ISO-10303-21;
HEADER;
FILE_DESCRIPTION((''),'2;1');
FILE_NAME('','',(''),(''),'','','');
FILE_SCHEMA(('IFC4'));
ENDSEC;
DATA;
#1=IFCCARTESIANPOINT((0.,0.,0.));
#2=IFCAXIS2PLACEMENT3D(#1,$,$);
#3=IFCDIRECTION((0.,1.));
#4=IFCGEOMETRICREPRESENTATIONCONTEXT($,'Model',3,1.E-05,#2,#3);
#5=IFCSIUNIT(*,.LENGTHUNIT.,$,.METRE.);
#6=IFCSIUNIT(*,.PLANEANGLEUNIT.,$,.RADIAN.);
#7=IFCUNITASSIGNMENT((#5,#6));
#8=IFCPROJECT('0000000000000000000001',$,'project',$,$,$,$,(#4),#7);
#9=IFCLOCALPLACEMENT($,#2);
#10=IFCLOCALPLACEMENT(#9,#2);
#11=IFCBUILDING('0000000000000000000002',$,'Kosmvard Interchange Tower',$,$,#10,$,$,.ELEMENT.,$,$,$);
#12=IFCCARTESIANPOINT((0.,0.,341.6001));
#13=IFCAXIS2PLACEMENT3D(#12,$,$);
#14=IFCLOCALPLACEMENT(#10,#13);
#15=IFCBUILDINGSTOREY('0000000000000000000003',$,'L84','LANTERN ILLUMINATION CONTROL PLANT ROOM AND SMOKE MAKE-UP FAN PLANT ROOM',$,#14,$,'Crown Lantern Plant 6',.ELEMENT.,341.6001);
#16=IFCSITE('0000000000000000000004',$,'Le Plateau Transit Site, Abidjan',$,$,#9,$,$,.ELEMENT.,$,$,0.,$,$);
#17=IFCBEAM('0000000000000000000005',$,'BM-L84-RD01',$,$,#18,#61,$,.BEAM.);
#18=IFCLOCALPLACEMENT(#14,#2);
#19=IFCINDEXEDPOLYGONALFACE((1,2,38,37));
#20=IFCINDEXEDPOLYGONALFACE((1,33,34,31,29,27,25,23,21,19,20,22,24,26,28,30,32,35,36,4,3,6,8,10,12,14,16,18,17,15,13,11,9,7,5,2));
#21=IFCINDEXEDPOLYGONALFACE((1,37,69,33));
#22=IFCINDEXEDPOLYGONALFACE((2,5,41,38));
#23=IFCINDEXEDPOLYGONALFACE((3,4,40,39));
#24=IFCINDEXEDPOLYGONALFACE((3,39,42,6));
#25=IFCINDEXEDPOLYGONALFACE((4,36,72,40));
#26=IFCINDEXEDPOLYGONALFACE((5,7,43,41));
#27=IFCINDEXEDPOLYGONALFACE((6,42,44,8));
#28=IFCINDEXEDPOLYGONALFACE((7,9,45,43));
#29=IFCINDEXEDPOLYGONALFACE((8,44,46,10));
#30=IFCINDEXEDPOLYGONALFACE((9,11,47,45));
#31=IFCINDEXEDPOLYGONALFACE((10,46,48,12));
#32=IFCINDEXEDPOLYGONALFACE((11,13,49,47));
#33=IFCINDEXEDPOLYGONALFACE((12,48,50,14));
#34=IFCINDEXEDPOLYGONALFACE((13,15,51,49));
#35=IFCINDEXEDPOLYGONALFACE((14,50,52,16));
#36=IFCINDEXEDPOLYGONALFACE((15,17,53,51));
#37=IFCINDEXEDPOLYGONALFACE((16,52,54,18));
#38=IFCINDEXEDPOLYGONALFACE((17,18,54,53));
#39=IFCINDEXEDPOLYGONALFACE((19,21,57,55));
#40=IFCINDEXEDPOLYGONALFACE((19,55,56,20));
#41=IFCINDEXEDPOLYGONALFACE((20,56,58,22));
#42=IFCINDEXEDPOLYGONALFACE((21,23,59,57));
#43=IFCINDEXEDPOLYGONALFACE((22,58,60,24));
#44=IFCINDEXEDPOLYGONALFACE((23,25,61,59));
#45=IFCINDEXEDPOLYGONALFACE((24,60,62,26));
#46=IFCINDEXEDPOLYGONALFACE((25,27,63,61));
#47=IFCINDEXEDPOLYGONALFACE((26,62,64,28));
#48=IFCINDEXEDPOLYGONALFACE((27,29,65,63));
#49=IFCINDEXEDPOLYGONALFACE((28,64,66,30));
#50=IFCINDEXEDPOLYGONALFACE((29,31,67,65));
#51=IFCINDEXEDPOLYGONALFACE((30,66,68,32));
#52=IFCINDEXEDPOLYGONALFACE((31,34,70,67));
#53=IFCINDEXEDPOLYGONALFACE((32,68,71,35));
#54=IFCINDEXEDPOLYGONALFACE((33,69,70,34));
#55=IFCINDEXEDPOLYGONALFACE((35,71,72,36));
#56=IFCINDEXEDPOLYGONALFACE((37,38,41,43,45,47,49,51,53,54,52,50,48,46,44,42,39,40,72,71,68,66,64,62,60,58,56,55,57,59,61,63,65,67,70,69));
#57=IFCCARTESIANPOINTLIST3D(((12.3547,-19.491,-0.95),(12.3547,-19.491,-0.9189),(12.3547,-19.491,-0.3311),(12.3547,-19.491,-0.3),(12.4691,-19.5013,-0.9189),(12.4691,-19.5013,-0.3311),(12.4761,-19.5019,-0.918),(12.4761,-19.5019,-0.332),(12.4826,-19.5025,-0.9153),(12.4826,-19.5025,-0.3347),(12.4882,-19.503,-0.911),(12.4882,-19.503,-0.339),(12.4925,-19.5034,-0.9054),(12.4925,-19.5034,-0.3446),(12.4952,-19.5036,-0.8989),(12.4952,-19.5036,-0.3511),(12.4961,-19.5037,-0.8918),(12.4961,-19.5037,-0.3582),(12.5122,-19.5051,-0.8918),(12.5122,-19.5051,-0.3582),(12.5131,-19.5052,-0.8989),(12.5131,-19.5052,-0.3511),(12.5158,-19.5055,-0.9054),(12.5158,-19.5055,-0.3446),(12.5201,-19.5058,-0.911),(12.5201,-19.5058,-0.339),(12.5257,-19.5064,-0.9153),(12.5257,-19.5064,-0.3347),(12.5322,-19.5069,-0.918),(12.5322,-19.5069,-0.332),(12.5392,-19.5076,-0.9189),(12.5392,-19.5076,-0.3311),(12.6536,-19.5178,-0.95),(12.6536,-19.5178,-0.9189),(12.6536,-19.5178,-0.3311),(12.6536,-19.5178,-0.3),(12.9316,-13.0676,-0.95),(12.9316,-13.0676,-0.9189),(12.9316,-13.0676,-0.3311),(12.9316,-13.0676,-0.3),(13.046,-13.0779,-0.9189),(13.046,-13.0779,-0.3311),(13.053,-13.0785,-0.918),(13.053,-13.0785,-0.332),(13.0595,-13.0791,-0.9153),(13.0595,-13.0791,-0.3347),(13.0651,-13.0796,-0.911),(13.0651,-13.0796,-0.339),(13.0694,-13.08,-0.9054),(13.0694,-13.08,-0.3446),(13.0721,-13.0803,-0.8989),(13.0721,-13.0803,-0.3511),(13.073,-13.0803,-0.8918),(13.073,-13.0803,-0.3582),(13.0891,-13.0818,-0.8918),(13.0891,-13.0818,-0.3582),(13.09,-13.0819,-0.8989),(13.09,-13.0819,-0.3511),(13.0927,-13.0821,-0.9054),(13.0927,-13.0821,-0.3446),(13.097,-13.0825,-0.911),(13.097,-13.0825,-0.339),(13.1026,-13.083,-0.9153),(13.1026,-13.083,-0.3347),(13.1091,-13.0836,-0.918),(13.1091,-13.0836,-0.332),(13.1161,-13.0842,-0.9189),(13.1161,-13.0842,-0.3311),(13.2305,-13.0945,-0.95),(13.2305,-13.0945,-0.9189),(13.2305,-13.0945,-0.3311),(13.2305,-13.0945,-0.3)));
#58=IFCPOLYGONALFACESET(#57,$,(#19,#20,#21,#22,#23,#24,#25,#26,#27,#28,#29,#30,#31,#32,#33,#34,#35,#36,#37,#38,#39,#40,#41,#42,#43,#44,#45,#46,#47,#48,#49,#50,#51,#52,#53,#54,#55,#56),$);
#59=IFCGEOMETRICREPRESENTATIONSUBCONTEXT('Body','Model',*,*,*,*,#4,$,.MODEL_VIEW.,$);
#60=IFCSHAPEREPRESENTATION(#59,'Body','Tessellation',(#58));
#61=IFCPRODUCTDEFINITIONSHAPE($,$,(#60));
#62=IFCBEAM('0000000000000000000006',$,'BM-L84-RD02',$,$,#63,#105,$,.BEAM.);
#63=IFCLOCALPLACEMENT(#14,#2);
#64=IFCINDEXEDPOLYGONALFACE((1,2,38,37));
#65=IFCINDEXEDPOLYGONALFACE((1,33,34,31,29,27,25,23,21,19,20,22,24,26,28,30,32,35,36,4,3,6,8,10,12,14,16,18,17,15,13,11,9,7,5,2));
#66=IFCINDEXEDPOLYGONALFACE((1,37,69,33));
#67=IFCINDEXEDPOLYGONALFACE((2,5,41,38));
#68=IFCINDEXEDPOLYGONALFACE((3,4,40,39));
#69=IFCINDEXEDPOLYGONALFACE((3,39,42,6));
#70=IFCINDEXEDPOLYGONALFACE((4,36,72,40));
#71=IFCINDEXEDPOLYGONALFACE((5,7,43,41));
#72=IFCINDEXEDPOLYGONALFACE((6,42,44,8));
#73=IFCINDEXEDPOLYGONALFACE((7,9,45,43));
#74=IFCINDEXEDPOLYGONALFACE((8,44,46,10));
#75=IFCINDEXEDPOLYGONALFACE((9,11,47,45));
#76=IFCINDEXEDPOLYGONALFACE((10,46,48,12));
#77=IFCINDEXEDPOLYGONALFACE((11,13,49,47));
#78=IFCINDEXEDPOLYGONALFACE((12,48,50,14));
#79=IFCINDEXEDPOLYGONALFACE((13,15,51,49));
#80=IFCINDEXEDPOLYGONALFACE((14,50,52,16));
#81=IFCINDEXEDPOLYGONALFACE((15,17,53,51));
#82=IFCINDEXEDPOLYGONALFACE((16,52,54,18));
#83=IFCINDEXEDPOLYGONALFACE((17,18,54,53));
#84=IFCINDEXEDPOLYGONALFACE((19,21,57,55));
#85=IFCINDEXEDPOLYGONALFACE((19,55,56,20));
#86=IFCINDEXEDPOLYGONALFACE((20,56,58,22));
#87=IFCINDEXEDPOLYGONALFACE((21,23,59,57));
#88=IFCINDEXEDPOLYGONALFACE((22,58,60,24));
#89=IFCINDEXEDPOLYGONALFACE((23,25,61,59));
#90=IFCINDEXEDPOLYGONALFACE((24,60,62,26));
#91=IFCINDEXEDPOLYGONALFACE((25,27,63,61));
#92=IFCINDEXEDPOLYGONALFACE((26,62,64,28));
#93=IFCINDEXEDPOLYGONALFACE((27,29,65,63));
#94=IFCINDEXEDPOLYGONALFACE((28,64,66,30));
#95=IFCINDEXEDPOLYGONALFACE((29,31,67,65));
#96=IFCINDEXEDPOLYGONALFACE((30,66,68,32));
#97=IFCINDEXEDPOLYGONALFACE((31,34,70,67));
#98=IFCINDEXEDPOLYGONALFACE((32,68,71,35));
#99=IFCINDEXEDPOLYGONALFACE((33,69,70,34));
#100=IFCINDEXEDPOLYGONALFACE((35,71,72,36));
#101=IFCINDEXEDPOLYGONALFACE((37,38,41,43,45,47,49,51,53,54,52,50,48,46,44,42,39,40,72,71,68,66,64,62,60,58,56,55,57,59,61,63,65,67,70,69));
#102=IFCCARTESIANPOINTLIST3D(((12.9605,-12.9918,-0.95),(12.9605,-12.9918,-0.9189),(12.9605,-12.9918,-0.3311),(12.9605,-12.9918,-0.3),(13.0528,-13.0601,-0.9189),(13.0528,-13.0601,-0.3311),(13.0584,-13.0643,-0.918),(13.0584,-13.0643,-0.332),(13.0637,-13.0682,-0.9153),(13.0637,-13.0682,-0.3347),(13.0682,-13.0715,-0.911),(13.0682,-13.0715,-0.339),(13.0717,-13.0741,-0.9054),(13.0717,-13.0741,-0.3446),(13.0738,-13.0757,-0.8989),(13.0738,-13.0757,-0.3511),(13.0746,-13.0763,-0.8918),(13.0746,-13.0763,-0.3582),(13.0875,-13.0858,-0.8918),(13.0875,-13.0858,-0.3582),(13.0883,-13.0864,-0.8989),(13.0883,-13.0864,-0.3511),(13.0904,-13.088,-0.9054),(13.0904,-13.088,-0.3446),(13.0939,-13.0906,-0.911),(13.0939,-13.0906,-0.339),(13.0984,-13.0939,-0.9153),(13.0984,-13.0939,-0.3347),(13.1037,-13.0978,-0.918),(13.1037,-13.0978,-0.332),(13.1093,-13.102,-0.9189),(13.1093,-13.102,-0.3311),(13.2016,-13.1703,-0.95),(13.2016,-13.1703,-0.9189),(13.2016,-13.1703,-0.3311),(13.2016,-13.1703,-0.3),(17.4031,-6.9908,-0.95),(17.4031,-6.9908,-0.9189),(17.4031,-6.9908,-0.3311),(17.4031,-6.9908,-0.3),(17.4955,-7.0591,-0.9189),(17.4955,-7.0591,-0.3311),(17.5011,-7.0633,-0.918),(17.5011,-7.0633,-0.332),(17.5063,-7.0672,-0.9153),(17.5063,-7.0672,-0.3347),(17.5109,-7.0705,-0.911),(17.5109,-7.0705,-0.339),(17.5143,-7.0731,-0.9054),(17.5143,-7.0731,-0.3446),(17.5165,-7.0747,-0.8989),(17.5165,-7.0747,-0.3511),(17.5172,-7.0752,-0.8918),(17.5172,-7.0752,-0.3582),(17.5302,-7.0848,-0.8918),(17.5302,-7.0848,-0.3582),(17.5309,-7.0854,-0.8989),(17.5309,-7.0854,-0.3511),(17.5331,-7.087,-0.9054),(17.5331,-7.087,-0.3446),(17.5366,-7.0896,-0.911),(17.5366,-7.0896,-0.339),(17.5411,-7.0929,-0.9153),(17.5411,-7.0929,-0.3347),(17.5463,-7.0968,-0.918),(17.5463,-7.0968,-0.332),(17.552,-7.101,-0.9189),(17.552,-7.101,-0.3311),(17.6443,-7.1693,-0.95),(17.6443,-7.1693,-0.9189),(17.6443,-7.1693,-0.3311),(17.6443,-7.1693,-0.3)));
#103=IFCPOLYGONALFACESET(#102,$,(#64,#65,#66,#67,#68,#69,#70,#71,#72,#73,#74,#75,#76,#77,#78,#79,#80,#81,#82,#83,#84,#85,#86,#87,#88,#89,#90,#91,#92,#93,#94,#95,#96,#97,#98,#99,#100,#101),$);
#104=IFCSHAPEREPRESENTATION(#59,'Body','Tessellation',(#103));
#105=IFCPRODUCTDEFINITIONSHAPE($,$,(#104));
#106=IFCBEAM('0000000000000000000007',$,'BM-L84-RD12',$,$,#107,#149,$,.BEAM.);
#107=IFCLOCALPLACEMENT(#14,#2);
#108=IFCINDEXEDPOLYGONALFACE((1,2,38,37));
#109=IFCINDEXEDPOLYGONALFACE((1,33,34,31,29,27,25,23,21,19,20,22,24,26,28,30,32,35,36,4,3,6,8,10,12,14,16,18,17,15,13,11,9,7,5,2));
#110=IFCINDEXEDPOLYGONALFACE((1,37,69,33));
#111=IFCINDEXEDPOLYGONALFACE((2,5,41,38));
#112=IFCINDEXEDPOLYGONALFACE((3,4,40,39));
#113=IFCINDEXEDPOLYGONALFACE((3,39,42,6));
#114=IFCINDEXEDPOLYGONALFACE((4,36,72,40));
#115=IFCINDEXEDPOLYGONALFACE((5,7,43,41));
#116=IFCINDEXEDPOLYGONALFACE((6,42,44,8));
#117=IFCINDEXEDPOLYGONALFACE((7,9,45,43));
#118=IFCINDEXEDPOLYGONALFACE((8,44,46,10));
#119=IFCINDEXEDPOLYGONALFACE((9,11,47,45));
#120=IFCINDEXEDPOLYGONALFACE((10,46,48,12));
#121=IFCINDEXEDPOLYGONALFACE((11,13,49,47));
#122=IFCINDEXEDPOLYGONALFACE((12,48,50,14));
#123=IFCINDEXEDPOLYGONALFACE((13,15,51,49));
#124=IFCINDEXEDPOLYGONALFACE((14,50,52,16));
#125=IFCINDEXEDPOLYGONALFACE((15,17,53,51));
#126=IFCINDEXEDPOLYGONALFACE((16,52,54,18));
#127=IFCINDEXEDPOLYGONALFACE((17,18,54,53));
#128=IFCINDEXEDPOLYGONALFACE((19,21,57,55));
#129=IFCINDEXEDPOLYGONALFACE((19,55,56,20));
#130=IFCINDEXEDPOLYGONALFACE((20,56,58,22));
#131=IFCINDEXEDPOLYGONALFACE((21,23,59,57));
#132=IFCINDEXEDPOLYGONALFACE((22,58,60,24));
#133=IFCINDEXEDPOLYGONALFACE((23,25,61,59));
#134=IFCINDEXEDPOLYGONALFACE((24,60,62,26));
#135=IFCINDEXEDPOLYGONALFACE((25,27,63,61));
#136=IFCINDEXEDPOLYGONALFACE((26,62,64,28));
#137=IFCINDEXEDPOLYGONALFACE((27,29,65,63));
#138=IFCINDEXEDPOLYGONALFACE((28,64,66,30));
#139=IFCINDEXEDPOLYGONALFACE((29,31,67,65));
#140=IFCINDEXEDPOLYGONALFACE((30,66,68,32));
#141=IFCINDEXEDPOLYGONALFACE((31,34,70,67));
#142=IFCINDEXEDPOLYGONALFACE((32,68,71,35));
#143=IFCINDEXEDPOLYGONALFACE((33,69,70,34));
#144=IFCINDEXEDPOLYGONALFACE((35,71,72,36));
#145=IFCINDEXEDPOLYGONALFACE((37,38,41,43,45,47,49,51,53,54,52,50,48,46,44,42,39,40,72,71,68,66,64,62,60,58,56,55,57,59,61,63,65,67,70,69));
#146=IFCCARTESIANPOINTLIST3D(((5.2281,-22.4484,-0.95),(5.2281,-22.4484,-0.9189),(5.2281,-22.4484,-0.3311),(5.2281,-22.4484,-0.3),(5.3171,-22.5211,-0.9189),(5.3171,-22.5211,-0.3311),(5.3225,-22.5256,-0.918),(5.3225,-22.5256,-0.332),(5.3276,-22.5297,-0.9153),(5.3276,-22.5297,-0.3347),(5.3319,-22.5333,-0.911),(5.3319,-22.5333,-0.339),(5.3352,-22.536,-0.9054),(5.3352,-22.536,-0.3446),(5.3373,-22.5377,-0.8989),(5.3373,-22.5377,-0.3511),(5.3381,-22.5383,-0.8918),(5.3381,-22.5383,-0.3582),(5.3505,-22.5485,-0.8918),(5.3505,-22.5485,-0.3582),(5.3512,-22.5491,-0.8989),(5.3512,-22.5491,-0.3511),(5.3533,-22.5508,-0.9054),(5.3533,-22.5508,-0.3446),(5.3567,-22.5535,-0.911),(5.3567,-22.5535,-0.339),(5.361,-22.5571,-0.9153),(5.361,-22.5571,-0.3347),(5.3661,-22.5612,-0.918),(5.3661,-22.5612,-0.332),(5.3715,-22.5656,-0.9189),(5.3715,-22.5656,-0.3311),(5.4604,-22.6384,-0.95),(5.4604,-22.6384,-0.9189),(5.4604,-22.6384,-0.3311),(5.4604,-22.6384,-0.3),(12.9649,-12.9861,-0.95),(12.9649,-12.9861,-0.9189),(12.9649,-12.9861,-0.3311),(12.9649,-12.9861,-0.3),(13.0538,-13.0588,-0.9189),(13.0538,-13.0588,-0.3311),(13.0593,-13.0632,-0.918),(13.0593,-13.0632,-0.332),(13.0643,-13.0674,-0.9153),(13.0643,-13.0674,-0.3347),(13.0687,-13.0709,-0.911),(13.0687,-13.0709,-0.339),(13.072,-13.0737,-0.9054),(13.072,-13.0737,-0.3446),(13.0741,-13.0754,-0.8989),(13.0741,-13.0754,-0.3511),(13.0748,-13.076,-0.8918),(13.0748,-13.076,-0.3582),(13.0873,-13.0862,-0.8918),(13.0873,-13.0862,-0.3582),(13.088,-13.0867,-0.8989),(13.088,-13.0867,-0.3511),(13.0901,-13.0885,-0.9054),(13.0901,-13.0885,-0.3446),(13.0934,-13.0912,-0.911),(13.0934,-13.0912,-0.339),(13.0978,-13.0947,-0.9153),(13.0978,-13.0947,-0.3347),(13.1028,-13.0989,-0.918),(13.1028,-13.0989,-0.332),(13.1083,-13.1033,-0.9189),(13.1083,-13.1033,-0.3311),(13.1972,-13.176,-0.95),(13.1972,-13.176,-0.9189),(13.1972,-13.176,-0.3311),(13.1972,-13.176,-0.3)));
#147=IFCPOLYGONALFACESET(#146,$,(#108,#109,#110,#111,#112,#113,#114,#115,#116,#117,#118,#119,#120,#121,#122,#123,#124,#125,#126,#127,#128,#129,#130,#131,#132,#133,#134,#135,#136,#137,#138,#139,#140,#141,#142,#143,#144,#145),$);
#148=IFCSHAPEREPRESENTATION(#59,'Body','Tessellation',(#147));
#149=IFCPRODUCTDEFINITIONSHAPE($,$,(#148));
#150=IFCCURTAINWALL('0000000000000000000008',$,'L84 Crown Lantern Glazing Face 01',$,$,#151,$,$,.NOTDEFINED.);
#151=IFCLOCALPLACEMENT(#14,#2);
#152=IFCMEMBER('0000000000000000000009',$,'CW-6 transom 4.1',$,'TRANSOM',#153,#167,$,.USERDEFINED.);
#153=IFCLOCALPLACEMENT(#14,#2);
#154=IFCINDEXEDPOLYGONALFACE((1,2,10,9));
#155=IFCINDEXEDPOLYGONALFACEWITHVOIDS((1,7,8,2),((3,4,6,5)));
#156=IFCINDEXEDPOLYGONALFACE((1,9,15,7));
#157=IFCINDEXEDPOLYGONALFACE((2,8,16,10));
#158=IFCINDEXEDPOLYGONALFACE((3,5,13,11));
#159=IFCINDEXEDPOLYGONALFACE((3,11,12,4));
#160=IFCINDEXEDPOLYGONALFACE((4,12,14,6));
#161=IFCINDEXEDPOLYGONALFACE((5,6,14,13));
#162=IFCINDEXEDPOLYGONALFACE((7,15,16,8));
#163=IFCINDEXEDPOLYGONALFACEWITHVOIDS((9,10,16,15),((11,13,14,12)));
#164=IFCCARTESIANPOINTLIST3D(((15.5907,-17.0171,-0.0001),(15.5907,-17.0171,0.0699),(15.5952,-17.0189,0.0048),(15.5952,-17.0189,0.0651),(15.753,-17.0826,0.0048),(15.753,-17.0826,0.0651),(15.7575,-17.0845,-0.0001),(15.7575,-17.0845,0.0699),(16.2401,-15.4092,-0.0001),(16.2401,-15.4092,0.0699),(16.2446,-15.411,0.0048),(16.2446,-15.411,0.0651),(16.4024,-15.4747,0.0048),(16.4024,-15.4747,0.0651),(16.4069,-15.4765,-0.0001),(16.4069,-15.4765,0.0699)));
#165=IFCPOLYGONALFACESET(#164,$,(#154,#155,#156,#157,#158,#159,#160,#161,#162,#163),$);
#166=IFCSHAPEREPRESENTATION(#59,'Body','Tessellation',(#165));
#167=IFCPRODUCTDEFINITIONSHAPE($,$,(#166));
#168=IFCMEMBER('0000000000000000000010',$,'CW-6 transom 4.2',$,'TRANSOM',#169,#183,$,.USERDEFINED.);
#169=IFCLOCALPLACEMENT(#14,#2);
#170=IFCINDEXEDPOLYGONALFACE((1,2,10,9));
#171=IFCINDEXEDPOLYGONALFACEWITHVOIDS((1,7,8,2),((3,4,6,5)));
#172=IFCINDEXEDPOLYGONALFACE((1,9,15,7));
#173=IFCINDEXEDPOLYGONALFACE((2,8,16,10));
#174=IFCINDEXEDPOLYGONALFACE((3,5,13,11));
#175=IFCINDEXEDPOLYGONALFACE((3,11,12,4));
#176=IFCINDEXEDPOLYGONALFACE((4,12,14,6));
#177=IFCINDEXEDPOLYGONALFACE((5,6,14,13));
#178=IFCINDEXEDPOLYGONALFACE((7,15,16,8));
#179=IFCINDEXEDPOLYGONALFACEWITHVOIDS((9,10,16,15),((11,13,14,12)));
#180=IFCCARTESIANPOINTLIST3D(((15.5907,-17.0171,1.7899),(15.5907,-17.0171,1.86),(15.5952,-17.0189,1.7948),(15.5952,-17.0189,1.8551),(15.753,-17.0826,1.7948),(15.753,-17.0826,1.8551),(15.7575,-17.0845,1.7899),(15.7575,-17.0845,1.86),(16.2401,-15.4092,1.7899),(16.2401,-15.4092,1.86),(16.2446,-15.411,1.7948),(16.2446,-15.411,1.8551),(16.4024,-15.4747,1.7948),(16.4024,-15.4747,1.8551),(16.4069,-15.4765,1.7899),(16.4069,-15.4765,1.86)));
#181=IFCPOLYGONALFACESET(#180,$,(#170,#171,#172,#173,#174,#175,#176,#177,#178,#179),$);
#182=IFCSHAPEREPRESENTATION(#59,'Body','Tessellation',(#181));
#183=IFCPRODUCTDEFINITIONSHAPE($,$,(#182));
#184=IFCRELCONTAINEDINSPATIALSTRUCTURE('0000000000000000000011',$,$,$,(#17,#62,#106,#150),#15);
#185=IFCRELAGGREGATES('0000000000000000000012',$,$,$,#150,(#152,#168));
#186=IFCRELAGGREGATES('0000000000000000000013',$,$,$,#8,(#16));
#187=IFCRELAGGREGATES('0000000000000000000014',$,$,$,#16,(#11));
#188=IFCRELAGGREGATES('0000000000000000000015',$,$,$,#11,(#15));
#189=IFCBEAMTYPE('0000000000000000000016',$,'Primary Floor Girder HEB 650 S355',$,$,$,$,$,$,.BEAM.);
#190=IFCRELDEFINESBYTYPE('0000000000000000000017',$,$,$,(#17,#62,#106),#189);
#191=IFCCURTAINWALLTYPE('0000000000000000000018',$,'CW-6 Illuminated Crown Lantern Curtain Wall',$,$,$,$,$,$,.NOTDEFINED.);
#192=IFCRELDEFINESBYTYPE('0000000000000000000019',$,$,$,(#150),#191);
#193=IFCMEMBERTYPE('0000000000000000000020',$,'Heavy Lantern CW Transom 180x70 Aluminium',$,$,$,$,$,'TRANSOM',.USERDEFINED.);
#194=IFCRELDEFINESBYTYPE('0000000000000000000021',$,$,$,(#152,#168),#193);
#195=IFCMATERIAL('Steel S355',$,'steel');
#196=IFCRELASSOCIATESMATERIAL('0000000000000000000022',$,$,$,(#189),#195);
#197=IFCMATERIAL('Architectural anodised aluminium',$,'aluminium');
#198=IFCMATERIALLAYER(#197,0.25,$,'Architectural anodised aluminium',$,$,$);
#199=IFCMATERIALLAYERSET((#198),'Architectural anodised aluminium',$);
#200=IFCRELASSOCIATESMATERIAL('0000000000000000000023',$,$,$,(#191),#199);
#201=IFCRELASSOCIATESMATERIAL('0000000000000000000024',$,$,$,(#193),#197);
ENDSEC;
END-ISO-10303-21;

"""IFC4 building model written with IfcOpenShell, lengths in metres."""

from ifc_helpers import new_model, si_unit, direction, frame, origin, origin_2d, place, context, subcontext, project, spatial, hollow_rectangle, i_section, extrude, source, transform, mapped, material, layer, layer_set, material_profile, profile_set, type_object, element, aggregate, save


model = new_model("IFC4")

# Units and contexts
model_context = context("Model", 3, precision=1e-05, world=origin(), true_north=direction((0.0, 1.0)))
body_context = subcontext(model_context, "Body", "Model", "MODEL_VIEW")
ifc_project = project(units=[si_unit("LENGTHUNIT", "METRE"), si_unit("PLANEANGLEUNIT", "RADIAN")], contexts=[model_context])

# Site, building, storey
site_placement = place(None, origin())
site = spatial("IfcSite", under=ifc_project, at=site_placement, Name="Le Plateau Transit Site, Abidjan", CompositionType="ELEMENT", RefElevation=0.0)
building_placement = place(site_placement, origin())
building = spatial("IfcBuilding", under=site, at=building_placement, Name="Kosmvard Interchange Tower", CompositionType="ELEMENT")
storey_placement = place(building_placement, frame((0.0, 0.0, 341.6001)))
storey = spatial("IfcBuildingStorey", under=building, at=storey_placement, Name="L84", Description="LANTERN ILLUMINATION CONTROL PLANT ROOM AND SMOKE MAKE-UP FAN PLANT ROOM", LongName="Crown Lantern Plant 6", CompositionType="ELEMENT", Elevation=341.6001)

# Beams
ifc_material_1 = material(Name="Steel S355", Category="steel")
ifc_material_profile_1 = material_profile(ifc_material_1, i_section(OverallWidth=0.3, OverallDepth=0.6499, WebThickness=0.0161, FlangeThickness=0.031, FilletRadius=0.0271, at=origin_2d()), Name="HEB 650")
ifc_profile_set_1 = profile_set([ifc_material_profile_1], Name="Steel S355")
beam_type_1 = type_object("IfcBeamType", Name="Primary Floor Girder HEB 650 S355", PredefinedType="BEAM", material=ifc_profile_set_1)
shared_shape_1 = source(origin(), body_context, "Body", "SweptSolid", [
    extrude(i_section(OverallWidth=0.3, OverallDepth=0.6499, WebThickness=0.0161, FlangeThickness=0.031, FilletRadius=0.0271, at=origin_2d()), origin(), (0.0, 0.0, 1.0), 6.4492),
])
beam_1_placement = place(storey_placement, frame((13.0811, -13.0811, -0.625), z_axis=(-0.089454, -0.995991, 0.0), x_axis=(0.995991, -0.089454, 0.0)))
element("IfcBeam", 1, at=beam_1_placement, inside=storey, type_object=beam_type_1, Name="BM-L84-RD01", PredefinedType="BEAM", context=body_context, shape_type="MappedRepresentation", body=[
    mapped(shared_shape_1, transform((0.0, 0.0, 0.0), scale=1.0)),
])
shared_shape_2 = source(origin(), body_context, "Body", "SweptSolid", [
    extrude(i_section(OverallWidth=0.3, OverallDepth=0.6499, WebThickness=0.0161, FlangeThickness=0.031, FilletRadius=0.0271, at=origin_2d()), origin(), (0.0, 0.0, 1.0), 7.4666),
])
beam_2_placement = place(storey_placement, frame((13.0811, -13.0811, -0.625), z_axis=(0.595008, 0.80372, 0.0), x_axis=(-0.80372, 0.595008, 0.0)))
element("IfcBeam", 2, at=beam_2_placement, inside=storey, type_object=beam_type_1, Name="BM-L84-RD02", PredefinedType="BEAM", context=body_context, shape_type="MappedRepresentation", body=[
    mapped(shared_shape_2, transform((0.0, 0.0, 0.0), scale=1.0)),
])
shared_shape_3 = source(origin(), body_context, "Body", "SweptSolid", [
    extrude(i_section(OverallWidth=0.3, OverallDepth=0.6499, WebThickness=0.0161, FlangeThickness=0.031, FilletRadius=0.0271, at=origin_2d()), origin(), (0.0, 0.0, 1.0), 12.2227),
])
beam_3_placement = place(storey_placement, frame((13.0811, -13.0811, -0.625), z_axis=(-0.632985, -0.774164, 0.0), x_axis=(0.774164, -0.632985, 0.0)))
element("IfcBeam", 3, at=beam_3_placement, inside=storey, type_object=beam_type_1, Name="BM-L84-RD12", PredefinedType="BEAM", context=body_context, shape_type="MappedRepresentation", body=[
    mapped(shared_shape_3, transform((0.0, 0.0, 0.0), scale=1.0)),
])

# Curtain wall, members
ifc_material_2 = material(Name="Architectural anodised aluminium", Category="aluminium")
ifc_layer_1 = layer(ifc_material_2, 0.25, Name="Architectural anodised aluminium")
ifc_layer_set_1 = layer_set([ifc_layer_1], Name="Architectural anodised aluminium")
curtain_wall_type = type_object("IfcCurtainWallType", Name="CW-6 Illuminated Crown Lantern Curtain Wall", PredefinedType="NOTDEFINED", material=ifc_layer_set_1)
curtain_wall_placement = place(storey_placement, origin())
curtain_wall = element("IfcCurtainWall", 4, at=curtain_wall_placement, inside=storey, type_object=curtain_wall_type, Name="L84 Crown Lantern Glazing Face 01", PredefinedType="NOTDEFINED")
ifc_material_profile_2 = material_profile(ifc_material_2, hollow_rectangle(XDim=0.1799, YDim=0.0701, WallThickness=0.0049, at=origin_2d()), Name="CWT 180x70x5")
ifc_profile_set_2 = profile_set([ifc_material_profile_2], Name="Architectural anodised aluminium")
member_type = type_object("IfcMemberType", Name="Heavy Lantern CW Transom 180x70 Aluminium", ElementType="TRANSOM", PredefinedType="USERDEFINED", material=ifc_profile_set_2)
shared_shape_4 = source(origin(), body_context, "Body", "SweptSolid", [
    extrude(hollow_rectangle(XDim=0.1799, YDim=0.0701, WallThickness=0.0049, at=origin_2d()), origin(), (0.0, 0.0, 1.0), 1.7341),
])
member_1_placement = place(storey_placement, frame((15.6741, -17.0508, 0.0349), z_axis=(0.374496, 0.927229, 0.0), x_axis=(-0.927229, 0.374496, 0.0)))
member_1 = element("IfcMember", 5, at=member_1_placement, type_object=member_type, Name="CW-6 transom 4.1", ObjectType="TRANSOM", PredefinedType="USERDEFINED", context=body_context, shape_type="MappedRepresentation", body=[
    mapped(shared_shape_4, transform((0.0, 0.0, 0.0), scale=1.0)),
])
member_2_placement = place(storey_placement, frame((15.6741, -17.0508, 1.825), z_axis=(0.374496, 0.927229, 0.0), x_axis=(-0.927229, 0.374496, 0.0)))
member_2 = element("IfcMember", 6, at=member_2_placement, type_object=member_type, Name="CW-6 transom 4.2", ObjectType="TRANSOM", PredefinedType="USERDEFINED", context=body_context, shape_type="MappedRepresentation", body=[
    mapped(shared_shape_4, transform((0.0, 0.0, 0.0), scale=1.0)),
])
aggregate(curtain_wall, [member_1, member_2])

save(model, "model.ifc")
